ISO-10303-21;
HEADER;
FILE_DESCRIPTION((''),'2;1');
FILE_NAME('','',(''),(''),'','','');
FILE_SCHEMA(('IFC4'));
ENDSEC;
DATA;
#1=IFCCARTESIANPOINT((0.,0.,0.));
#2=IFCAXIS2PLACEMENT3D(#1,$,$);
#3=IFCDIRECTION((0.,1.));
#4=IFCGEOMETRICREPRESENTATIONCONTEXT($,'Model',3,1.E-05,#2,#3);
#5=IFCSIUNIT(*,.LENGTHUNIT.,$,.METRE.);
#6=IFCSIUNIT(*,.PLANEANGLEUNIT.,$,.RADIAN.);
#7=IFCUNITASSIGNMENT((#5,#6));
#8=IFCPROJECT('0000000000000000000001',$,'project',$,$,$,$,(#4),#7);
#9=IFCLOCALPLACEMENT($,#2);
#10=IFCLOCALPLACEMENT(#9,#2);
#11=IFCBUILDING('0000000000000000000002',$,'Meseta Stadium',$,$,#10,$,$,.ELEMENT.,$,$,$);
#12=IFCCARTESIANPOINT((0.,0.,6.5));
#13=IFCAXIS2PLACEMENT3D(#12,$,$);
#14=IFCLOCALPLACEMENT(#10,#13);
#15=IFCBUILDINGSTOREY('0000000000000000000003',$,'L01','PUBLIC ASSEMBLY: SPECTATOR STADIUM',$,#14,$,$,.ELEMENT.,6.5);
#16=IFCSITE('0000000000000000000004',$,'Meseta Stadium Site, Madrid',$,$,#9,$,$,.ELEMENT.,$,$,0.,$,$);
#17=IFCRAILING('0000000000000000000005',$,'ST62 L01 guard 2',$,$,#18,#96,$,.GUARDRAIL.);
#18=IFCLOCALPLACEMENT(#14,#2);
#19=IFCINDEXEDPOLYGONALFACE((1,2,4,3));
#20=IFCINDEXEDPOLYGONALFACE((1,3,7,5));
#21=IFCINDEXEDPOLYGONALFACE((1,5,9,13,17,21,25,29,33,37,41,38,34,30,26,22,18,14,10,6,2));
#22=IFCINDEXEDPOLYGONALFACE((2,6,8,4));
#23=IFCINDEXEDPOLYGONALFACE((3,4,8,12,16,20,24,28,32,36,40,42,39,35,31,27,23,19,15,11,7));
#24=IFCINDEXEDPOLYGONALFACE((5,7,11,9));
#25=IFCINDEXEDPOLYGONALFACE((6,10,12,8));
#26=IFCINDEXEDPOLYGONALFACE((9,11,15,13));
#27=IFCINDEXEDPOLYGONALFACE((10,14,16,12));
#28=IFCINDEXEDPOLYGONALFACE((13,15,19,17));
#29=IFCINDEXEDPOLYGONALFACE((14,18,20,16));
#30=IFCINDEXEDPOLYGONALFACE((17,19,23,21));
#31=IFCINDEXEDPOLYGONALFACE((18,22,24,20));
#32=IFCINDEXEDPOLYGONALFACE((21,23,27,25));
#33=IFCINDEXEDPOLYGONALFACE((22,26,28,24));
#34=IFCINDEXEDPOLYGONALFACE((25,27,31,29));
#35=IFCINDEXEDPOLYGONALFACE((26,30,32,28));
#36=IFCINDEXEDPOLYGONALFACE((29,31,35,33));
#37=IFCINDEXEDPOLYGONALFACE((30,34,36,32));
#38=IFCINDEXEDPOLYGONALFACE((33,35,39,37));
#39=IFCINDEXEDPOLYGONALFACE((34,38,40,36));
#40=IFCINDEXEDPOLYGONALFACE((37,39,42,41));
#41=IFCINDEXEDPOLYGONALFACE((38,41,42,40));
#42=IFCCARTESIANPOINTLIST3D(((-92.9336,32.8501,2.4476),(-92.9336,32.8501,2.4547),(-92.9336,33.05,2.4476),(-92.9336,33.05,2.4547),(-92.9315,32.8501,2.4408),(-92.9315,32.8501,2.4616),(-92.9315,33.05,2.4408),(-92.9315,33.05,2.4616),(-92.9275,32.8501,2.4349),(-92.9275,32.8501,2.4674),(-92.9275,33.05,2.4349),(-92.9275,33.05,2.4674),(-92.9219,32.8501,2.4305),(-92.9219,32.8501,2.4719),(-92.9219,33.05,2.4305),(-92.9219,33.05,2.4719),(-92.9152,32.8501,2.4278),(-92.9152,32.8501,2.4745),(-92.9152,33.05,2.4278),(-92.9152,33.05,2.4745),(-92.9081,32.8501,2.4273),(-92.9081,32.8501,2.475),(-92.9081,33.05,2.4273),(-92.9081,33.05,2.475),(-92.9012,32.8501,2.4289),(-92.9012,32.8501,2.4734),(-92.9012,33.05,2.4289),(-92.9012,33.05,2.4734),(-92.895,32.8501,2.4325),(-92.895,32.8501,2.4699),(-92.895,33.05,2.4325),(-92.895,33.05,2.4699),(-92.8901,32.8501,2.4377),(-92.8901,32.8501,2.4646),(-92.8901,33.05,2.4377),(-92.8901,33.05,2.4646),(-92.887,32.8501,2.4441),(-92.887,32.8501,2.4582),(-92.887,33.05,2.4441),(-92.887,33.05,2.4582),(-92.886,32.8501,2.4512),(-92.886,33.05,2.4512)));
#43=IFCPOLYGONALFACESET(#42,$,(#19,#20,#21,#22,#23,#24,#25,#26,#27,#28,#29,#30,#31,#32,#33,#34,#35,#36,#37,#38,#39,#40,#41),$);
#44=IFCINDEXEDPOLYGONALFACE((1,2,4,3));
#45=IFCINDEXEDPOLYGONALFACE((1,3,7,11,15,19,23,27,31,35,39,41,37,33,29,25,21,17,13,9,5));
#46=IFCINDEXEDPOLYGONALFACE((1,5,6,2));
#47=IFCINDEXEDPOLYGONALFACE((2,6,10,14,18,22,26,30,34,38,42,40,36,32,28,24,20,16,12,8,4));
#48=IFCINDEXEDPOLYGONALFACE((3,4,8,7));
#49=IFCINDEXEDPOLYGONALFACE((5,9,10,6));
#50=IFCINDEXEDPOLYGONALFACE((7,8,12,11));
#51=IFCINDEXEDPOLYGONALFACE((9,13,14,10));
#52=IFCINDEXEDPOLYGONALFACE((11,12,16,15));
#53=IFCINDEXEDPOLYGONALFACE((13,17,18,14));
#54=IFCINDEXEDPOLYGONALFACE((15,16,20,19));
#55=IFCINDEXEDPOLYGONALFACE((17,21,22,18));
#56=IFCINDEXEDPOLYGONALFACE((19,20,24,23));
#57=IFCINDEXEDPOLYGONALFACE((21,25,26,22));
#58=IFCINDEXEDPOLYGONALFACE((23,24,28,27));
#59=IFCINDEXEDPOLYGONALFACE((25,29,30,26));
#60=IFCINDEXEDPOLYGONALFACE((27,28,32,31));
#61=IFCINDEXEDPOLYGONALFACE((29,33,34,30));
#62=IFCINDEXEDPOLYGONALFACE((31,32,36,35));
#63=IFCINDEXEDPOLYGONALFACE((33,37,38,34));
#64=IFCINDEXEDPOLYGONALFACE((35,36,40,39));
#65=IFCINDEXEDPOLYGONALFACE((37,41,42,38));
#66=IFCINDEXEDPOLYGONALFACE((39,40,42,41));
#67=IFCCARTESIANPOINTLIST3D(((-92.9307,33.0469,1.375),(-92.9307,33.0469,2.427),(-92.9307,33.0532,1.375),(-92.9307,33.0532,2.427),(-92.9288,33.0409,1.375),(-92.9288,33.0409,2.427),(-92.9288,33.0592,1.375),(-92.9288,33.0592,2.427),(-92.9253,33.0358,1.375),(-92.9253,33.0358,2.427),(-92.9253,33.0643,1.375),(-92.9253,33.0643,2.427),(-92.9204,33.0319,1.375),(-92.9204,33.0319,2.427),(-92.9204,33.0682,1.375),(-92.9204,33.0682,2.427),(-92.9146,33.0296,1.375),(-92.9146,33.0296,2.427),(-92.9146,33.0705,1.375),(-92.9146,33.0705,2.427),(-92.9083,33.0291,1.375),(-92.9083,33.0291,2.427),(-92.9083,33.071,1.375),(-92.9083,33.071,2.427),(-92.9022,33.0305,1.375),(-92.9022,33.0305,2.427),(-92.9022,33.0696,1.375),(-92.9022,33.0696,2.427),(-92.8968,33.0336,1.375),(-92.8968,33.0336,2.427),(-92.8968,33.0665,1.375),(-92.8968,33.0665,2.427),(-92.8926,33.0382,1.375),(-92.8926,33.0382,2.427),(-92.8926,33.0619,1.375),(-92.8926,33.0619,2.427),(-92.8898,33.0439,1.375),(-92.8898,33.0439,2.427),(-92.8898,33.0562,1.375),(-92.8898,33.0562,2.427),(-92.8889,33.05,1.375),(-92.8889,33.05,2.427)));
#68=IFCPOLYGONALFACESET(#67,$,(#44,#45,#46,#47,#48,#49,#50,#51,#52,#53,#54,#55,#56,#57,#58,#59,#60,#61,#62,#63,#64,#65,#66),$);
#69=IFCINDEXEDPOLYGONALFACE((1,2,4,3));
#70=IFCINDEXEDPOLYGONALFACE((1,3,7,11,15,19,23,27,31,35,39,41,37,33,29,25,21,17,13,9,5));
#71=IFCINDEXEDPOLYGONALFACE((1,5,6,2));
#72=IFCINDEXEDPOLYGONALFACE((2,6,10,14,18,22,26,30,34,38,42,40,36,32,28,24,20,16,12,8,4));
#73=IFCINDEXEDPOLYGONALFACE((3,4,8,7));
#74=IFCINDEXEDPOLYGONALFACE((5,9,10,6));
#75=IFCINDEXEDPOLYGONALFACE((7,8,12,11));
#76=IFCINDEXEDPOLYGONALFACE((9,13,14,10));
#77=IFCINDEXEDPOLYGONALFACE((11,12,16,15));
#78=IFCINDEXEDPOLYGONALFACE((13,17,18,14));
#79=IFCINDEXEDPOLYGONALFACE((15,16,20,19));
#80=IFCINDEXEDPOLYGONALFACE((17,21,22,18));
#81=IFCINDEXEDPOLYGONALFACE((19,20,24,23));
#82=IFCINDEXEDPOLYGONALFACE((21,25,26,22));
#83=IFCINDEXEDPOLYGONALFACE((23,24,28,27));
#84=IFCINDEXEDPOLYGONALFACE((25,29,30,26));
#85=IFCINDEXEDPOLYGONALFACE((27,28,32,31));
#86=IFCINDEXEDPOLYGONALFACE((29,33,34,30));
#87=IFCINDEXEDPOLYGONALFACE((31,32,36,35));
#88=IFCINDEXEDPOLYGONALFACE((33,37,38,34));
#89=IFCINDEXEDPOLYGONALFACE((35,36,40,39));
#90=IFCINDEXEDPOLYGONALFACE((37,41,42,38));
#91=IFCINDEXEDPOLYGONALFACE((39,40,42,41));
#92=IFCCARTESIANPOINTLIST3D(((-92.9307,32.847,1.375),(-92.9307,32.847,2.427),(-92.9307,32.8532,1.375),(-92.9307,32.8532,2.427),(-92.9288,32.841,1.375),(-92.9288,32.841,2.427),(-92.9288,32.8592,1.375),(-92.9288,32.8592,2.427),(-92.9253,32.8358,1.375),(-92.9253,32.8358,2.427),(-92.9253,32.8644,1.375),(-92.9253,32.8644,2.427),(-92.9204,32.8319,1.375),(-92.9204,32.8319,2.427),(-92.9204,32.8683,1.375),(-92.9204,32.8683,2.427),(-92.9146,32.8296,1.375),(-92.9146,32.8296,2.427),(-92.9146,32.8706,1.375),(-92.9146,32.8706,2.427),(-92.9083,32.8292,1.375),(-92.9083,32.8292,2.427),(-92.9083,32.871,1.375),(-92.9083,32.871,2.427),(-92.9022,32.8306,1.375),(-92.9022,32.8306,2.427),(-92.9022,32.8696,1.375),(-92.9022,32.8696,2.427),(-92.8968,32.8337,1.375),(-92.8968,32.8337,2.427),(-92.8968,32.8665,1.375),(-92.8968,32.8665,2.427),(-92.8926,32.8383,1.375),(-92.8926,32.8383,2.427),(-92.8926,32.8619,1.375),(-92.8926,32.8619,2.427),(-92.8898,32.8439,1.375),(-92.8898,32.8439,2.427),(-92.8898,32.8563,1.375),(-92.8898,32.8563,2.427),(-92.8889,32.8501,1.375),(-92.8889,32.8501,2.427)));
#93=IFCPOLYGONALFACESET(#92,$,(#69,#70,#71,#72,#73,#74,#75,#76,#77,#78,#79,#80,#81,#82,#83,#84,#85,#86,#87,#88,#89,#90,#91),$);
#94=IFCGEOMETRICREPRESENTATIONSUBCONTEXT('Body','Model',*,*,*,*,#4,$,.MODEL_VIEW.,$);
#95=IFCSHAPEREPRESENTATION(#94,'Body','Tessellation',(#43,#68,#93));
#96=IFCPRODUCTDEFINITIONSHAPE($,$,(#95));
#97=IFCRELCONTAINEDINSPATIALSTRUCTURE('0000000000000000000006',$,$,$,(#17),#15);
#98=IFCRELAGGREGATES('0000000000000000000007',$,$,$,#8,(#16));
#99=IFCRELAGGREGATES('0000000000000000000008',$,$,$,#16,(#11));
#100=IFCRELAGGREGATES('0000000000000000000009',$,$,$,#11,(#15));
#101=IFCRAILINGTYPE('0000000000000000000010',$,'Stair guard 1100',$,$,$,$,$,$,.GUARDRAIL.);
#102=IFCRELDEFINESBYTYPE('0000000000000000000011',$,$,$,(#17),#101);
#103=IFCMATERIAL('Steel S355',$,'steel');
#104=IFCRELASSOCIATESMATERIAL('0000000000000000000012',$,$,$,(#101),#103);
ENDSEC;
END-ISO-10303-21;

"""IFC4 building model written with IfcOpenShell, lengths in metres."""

from ifc_helpers import new_model, si_unit, direction, frame, origin, origin_2d, place, context, subcontext, project, spatial, circle, extrude, material, type_object, element, save


model = new_model("IFC4")

# Units and contexts
model_context = context("Model", 3, precision=1e-05, world=origin(), true_north=direction((0.0, 1.0)))
body_context = subcontext(model_context, "Body", "Model", "MODEL_VIEW")
ifc_project = project(units=[si_unit("LENGTHUNIT", "METRE"), si_unit("PLANEANGLEUNIT", "RADIAN")], contexts=[model_context])

# Site, building, storey
site_placement = place(None, origin())
site = spatial("IfcSite", under=ifc_project, at=site_placement, Name="Meseta Stadium Site, Madrid", CompositionType="ELEMENT", RefElevation=0.0)
building_placement = place(site_placement, origin())
building = spatial("IfcBuilding", under=site, at=building_placement, Name="Meseta Stadium", CompositionType="ELEMENT")
storey_placement = place(building_placement, frame((0.0, 0.0, 6.5)))
storey = spatial("IfcBuildingStorey", under=building, at=storey_placement, Name="L01", Description="PUBLIC ASSEMBLY: SPECTATOR STADIUM", CompositionType="ELEMENT", Elevation=6.5)

# Railing
ifc_material_1 = material(Name="Steel S355", Category="steel")
railing_type_1 = type_object("IfcRailingType", Name="Stair guard 1100", PredefinedType="GUARDRAIL", material=ifc_material_1)
railing_1_placement = place(storey_placement, frame((-92.9099, 33.05, 1.375)))
element("IfcRailing", 1, at=railing_1_placement, inside=storey, type_object=railing_type_1, Name="ST62 L01 guard 2", PredefinedType="GUARDRAIL", context=body_context, shape_type="SweptSolid", body=[
    extrude(circle(Radius=0.0239, at=origin_2d()), frame((0.0, 0.0, 1.0762), z_axis=(0.0, -1.0, 0.0), x_axis=(1.0, 0.0, 0.0)), (0.0, 0.0, 1.0), 0.2),
    extrude(circle(Radius=0.021, at=origin_2d()), origin(), (0.0, 0.0, 1.0), 1.052),
    extrude(circle(Radius=0.021, at=origin_2d()), frame((0.0, -0.2, 0.0)), (0.0, 0.0, 1.0), 1.052),
])

save(model, "model.ifc")
